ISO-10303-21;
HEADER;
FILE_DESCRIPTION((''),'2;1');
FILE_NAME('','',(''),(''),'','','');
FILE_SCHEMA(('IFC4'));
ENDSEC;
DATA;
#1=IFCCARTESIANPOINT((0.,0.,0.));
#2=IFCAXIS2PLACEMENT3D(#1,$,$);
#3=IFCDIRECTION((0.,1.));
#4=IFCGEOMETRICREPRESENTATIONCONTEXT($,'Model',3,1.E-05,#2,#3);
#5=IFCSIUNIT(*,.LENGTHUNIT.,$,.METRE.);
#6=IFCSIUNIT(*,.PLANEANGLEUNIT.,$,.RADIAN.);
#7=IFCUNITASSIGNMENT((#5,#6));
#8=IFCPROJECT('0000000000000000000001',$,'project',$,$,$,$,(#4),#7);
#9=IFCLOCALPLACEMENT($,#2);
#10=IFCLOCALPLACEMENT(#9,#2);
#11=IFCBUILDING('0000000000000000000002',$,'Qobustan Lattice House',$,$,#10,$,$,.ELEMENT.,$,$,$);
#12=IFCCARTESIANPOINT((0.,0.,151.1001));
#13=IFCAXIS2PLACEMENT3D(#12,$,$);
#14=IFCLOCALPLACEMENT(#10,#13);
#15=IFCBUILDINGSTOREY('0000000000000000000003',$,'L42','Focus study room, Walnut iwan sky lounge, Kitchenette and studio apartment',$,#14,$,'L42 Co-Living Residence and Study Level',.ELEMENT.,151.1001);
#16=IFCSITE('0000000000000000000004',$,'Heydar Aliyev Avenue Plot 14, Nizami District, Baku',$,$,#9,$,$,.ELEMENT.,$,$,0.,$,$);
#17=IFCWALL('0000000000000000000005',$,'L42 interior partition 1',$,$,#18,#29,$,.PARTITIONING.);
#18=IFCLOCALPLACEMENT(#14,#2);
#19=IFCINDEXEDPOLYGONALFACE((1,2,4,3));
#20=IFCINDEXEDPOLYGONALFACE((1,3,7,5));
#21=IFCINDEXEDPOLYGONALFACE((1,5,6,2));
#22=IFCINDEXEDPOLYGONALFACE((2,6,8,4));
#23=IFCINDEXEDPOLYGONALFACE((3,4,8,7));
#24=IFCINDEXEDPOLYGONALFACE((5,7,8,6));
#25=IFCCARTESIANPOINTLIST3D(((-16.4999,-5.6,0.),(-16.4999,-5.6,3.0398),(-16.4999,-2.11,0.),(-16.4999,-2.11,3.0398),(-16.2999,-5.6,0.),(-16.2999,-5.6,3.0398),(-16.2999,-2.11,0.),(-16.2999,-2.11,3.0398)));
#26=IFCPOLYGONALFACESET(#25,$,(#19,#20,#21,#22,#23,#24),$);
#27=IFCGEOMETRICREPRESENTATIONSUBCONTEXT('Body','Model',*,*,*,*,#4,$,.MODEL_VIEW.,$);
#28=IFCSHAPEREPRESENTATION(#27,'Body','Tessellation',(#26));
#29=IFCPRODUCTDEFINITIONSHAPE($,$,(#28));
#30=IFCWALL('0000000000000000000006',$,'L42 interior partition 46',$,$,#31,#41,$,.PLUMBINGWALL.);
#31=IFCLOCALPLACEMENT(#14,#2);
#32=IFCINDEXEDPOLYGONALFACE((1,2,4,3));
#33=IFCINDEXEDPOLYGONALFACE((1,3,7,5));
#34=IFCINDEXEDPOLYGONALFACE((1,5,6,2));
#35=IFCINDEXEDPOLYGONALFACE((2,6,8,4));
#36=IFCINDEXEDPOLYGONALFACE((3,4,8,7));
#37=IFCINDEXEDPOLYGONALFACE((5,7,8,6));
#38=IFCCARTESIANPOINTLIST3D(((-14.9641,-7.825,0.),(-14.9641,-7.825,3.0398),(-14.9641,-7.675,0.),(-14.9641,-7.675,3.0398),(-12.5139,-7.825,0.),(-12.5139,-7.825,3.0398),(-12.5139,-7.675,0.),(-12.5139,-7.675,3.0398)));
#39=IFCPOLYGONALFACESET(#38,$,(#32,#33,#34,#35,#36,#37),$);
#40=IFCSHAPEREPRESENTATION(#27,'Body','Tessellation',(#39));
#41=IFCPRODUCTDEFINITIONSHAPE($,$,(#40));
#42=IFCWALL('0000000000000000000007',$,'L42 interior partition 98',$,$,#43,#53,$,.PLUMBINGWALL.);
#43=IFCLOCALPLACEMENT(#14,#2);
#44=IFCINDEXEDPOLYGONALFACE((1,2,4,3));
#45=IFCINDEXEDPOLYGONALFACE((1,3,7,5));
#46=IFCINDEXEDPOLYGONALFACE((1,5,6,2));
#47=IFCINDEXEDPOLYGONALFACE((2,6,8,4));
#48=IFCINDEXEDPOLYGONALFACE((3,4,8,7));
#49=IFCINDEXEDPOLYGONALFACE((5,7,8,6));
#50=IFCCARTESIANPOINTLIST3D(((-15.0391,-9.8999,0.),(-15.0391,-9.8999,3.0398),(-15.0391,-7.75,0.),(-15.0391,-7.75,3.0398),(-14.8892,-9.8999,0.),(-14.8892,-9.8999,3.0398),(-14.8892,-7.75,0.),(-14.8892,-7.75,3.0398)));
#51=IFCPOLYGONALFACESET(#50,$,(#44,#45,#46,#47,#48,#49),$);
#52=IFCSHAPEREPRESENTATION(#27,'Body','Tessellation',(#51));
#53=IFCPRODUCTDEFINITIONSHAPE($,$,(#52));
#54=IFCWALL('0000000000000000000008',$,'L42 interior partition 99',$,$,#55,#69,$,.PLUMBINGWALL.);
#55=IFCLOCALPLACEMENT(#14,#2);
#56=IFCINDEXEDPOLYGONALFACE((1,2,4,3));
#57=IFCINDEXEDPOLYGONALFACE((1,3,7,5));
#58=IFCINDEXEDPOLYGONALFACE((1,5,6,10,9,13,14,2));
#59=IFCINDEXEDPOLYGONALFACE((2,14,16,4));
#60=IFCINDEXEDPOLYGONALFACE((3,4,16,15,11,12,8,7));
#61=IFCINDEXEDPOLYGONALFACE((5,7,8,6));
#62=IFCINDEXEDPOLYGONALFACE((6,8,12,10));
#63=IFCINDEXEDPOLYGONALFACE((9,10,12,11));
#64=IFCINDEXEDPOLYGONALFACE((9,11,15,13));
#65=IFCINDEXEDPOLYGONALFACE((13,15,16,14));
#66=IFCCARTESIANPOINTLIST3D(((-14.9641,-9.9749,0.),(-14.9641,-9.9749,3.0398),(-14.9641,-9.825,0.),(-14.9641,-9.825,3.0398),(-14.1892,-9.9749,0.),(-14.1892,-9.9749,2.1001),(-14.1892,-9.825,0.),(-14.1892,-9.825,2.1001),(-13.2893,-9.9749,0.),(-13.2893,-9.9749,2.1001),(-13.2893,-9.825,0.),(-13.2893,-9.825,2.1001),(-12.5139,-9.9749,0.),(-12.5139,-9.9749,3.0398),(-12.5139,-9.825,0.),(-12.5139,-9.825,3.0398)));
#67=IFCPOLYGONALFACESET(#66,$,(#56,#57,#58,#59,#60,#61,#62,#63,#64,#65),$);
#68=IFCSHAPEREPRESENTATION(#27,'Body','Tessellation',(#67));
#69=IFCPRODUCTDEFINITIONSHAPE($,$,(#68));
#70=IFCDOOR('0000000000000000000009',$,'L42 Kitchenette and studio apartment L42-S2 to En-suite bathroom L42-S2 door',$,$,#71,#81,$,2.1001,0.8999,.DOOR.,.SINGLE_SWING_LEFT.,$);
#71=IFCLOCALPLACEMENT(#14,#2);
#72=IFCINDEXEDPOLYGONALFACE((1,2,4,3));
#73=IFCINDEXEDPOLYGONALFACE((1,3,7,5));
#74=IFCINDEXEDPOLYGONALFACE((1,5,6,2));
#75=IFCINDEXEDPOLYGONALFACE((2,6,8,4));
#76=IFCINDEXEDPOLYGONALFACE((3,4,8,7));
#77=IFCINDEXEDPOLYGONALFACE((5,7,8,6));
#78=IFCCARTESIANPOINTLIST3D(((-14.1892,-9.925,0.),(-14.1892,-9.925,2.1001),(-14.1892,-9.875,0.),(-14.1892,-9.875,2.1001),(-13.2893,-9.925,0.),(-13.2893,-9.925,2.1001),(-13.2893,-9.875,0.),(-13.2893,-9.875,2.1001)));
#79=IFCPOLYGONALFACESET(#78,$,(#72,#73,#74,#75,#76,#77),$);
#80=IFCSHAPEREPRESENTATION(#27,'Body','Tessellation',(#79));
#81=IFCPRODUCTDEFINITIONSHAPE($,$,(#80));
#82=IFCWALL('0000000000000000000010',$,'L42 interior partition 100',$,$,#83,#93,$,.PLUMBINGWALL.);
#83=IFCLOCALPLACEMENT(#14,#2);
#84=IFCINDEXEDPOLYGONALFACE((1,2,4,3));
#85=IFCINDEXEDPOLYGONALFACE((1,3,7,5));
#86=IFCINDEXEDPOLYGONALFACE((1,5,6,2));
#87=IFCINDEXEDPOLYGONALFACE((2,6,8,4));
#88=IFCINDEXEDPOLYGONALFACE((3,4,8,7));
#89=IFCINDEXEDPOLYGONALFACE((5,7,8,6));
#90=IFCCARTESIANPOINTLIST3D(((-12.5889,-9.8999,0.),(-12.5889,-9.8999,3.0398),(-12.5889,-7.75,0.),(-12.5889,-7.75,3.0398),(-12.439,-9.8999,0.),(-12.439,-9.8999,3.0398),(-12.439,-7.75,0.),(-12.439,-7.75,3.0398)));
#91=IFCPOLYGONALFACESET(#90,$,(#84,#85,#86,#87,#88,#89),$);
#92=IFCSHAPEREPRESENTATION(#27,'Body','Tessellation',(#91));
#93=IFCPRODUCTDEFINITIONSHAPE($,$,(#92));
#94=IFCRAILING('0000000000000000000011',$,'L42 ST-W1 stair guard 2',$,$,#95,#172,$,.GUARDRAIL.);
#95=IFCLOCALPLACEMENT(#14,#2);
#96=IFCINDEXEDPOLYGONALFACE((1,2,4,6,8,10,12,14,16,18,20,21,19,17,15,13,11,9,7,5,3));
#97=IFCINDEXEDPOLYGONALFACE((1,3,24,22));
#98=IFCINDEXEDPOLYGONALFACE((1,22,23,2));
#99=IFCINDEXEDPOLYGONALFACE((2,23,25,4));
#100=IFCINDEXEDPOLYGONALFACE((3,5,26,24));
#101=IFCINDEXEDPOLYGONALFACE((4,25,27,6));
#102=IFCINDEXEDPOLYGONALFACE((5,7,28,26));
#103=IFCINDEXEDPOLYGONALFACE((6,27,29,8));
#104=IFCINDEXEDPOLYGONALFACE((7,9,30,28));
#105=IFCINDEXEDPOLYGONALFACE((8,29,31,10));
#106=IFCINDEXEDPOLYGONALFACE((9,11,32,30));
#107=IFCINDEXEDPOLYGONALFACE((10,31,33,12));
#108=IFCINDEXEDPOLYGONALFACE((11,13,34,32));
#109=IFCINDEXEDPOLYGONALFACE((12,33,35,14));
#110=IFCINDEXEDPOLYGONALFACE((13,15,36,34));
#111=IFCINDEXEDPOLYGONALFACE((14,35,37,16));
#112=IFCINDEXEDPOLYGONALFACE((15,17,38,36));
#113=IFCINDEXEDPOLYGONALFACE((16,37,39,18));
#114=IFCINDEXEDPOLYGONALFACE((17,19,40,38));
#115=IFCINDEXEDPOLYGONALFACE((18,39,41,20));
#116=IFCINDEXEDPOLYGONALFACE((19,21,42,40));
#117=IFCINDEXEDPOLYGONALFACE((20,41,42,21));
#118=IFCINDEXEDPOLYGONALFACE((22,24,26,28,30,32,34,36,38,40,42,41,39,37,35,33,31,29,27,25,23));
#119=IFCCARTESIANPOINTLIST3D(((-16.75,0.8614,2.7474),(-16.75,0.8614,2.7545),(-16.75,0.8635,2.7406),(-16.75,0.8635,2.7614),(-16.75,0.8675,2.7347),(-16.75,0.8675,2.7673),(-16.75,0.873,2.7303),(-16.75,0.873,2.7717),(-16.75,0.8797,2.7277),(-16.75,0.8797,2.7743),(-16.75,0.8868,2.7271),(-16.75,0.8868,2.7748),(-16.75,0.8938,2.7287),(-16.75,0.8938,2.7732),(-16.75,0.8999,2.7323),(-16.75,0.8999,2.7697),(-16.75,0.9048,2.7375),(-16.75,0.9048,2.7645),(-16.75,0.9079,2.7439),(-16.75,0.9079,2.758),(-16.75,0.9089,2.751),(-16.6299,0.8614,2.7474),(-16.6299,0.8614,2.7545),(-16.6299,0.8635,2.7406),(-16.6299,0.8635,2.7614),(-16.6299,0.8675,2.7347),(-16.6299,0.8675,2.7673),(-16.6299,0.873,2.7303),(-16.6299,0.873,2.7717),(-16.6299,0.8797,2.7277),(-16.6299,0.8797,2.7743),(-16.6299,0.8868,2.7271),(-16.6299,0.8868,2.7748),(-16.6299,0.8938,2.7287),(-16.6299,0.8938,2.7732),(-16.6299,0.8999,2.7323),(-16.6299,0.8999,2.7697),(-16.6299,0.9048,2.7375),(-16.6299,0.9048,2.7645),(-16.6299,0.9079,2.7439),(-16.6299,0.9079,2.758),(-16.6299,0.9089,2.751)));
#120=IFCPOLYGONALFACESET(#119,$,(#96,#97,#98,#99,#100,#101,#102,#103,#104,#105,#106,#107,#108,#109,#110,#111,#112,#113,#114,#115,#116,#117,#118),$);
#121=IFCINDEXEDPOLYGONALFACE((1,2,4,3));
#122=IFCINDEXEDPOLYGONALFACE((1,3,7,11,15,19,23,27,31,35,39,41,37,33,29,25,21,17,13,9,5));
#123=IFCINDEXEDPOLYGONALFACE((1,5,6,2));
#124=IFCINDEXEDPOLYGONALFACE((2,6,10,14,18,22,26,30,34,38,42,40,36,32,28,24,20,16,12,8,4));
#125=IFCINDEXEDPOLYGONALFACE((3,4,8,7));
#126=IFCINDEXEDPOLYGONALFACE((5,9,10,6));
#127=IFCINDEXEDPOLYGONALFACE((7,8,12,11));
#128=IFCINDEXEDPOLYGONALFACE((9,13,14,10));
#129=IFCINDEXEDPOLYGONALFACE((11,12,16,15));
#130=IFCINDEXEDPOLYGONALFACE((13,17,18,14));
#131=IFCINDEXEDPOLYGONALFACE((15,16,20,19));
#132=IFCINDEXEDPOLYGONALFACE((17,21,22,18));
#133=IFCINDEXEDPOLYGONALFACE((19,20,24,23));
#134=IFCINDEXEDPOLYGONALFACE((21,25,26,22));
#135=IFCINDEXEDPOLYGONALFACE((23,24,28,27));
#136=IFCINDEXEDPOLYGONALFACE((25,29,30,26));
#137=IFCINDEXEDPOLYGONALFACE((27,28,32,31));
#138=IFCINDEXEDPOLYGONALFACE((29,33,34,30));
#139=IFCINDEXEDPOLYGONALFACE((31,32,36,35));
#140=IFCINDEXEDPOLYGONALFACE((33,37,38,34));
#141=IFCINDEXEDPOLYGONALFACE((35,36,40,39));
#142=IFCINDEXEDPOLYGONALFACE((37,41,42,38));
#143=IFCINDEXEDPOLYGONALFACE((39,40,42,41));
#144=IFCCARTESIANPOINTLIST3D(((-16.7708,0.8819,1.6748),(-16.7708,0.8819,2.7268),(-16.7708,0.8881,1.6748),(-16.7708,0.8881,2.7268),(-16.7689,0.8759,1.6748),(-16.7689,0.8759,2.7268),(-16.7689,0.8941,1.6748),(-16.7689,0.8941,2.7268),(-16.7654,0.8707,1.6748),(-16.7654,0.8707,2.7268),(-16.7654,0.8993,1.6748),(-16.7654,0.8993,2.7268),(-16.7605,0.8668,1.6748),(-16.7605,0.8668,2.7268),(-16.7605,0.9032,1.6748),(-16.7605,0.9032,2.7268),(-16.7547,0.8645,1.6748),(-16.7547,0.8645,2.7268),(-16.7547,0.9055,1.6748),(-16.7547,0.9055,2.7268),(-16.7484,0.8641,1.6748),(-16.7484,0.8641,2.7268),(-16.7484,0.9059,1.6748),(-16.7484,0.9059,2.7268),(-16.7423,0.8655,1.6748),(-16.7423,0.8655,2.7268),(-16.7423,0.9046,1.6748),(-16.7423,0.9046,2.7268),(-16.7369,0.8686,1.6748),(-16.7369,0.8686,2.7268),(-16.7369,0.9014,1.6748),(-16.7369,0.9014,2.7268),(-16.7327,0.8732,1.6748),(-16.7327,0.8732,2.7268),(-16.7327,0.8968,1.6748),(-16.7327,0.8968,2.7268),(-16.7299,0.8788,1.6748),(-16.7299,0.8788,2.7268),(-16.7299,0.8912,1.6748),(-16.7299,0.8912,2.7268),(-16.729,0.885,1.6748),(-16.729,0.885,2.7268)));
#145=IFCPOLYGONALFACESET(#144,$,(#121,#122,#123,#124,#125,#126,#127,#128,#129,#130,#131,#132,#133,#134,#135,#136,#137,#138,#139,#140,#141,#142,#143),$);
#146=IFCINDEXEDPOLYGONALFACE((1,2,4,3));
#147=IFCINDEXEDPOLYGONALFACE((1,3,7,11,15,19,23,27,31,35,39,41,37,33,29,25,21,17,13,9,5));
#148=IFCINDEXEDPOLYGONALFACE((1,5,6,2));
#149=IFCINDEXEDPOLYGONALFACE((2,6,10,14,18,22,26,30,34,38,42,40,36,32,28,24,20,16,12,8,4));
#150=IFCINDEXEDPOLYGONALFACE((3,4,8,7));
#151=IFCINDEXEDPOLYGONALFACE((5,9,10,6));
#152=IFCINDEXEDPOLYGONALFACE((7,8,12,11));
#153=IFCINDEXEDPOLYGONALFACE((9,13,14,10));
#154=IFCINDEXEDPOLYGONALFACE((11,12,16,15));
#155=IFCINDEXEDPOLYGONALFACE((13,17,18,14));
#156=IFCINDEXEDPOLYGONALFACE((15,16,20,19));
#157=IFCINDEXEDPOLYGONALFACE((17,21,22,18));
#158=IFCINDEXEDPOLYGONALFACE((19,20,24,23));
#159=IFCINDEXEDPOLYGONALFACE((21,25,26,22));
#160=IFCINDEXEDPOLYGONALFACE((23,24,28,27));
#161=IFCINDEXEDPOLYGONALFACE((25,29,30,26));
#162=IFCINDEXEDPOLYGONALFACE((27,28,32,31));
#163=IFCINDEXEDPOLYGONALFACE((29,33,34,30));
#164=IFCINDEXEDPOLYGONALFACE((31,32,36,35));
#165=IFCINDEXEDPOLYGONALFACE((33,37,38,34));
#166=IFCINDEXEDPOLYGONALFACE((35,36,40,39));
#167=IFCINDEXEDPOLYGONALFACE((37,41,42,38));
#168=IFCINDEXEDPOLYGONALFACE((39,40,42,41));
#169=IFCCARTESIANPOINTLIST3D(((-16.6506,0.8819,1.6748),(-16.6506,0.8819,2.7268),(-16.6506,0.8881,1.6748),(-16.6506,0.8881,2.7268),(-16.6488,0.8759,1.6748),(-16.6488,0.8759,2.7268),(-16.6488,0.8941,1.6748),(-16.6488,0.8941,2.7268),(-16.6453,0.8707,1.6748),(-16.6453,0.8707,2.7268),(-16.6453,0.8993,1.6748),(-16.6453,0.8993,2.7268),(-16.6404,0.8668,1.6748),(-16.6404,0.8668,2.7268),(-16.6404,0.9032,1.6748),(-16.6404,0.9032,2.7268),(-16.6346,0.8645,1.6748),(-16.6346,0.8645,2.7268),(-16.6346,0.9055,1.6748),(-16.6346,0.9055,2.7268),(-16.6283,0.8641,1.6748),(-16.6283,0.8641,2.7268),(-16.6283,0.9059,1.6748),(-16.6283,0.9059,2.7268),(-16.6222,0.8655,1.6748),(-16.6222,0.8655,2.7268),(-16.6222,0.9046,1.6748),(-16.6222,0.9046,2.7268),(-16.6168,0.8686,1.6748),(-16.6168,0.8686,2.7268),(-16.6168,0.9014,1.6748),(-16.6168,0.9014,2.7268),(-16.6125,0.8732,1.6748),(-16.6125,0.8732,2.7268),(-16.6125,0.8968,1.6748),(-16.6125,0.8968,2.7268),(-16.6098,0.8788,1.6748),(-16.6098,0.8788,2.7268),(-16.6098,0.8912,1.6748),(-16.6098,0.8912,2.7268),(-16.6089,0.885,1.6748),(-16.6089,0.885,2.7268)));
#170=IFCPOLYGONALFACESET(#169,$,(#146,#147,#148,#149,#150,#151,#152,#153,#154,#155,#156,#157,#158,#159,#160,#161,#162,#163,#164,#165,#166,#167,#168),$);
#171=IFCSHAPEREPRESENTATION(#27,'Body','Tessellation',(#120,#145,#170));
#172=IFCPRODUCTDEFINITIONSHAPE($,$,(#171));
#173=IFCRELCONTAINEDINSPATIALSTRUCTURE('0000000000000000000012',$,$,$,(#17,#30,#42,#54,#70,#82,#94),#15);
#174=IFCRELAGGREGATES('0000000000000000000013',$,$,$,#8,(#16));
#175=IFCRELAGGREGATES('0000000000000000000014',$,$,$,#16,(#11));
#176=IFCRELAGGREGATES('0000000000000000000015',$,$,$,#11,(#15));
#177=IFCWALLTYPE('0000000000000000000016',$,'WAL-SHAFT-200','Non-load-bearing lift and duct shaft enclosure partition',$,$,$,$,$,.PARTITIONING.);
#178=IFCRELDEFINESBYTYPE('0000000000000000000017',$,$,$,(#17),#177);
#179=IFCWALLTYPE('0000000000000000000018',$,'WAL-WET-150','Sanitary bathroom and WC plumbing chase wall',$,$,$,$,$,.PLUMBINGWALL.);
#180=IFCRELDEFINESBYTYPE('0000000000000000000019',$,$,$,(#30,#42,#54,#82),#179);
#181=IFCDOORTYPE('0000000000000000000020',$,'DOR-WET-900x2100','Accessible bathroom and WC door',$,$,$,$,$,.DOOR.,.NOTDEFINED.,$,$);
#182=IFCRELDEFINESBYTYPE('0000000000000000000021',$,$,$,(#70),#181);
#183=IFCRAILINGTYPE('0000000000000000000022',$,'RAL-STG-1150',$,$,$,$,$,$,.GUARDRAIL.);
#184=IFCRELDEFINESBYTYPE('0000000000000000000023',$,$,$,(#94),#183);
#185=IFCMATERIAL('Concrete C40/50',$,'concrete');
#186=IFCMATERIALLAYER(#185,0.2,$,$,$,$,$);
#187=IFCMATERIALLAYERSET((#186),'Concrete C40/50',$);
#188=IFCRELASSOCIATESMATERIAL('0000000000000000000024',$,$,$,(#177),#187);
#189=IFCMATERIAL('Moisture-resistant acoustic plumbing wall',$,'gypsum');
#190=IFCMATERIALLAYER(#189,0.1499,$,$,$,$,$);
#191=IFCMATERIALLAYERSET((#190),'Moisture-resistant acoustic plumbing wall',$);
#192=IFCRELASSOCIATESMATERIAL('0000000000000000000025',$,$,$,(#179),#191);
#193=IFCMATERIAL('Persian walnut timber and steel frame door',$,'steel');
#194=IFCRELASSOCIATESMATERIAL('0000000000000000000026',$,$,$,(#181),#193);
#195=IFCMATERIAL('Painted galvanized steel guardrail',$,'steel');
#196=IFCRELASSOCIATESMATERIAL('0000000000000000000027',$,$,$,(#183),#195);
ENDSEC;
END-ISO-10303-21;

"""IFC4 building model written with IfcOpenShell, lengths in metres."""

from ifc_helpers import new_model, si_unit, direction, frame, frame_2d, origin, origin_2d, place, context, subcontext, project, spatial, rectangle, circle, extrude, material, layer, layer_set, type_object, element, fill, save


model = new_model("IFC4")

# Units and contexts
model_context = context("Model", 3, precision=1e-05, world=origin(), true_north=direction((0.0, 1.0)))
body_context = subcontext(model_context, "Body", "Model", "MODEL_VIEW")
ifc_project = project(units=[si_unit("LENGTHUNIT", "METRE"), si_unit("PLANEANGLEUNIT", "RADIAN")], contexts=[model_context])

# Site, building, storey
site_placement = place(None, origin())
site = spatial("IfcSite", under=ifc_project, at=site_placement, Name="Heydar Aliyev Avenue Plot 14, Nizami District, Baku", CompositionType="ELEMENT", RefElevation=0.0)
building_placement = place(site_placement, origin())
building = spatial("IfcBuilding", under=site, at=building_placement, Name="Qobustan Lattice House", CompositionType="ELEMENT")
storey_placement = place(building_placement, frame((0.0, 0.0, 151.1001)))
storey = spatial("IfcBuildingStorey", under=building, at=storey_placement, Name="L42", Description="Focus study room, Walnut iwan sky lounge, Kitchenette and studio apartment", LongName="L42 Co-Living Residence and Study Level", CompositionType="ELEMENT", Elevation=151.1001)

# Walls
ifc_material_1 = material(Name="Concrete C40/50", Category="concrete")
ifc_layer_1 = layer(ifc_material_1, 0.2)
ifc_layer_set_1 = layer_set([ifc_layer_1], Name="Concrete C40/50")
wall_type_1 = type_object("IfcWallType", Name="WAL-SHAFT-200", Description="Non-load-bearing lift and duct shaft enclosure partition", PredefinedType="PARTITIONING", material=ifc_layer_set_1)
wall_1_placement = place(storey_placement, frame((-16.3999, -5.6001, 0.0), z_axis=(0.0, 0.0, 1.0), x_axis=(0.0, 1.0, 0.0)))
element("IfcWall", 1, at=wall_1_placement, inside=storey, type_object=wall_type_1, Name="L42 interior partition 1", PredefinedType="PARTITIONING", context=body_context, shape_type="SweptSolid", body=[
    extrude(rectangle(XDim=3.49, YDim=0.2, at=frame_2d((1.7451, 0.0))), origin(), (0.0, 0.0, 1.0), 3.0398),
])
ifc_material_2 = material(Name="Moisture-resistant acoustic plumbing wall", Category="gypsum")
ifc_layer_2 = layer(ifc_material_2, 0.1499)
ifc_layer_set_2 = layer_set([ifc_layer_2], Name="Moisture-resistant acoustic plumbing wall")
wall_type_2 = type_object("IfcWallType", Name="WAL-WET-150", Description="Sanitary bathroom and WC plumbing chase wall", PredefinedType="PLUMBINGWALL", material=ifc_layer_set_2)
wall_2_placement = place(storey_placement, frame((-12.5139, -7.75, 0.0), z_axis=(0.0, 0.0, 1.0), x_axis=(-1.0, 0.0, 0.0)))
element("IfcWall", 2, at=wall_2_placement, inside=storey, type_object=wall_type_2, Name="L42 interior partition 46", PredefinedType="PLUMBINGWALL", context=body_context, shape_type="SweptSolid", body=[
    extrude(rectangle(XDim=2.4502, YDim=0.1499, at=frame_2d((1.2251, 0.0))), origin(), (0.0, 0.0, 1.0), 3.0398),
])
wall_3_placement = place(storey_placement, frame((-14.9641, -7.75, 0.0), z_axis=(0.0, 0.0, 1.0), x_axis=(0.0, -1.0, 0.0)))
element("IfcWall", 3, at=wall_3_placement, inside=storey, type_object=wall_type_2, Name="L42 interior partition 98", PredefinedType="PLUMBINGWALL", context=body_context, shape_type="SweptSolid", body=[
    extrude(rectangle(XDim=2.1499, YDim=0.1499, at=frame_2d((1.075, 0.0))), origin(), (0.0, 0.0, 1.0), 3.0398),
])

# Wall, opening, door
wall_4_placement = place(storey_placement, frame((-14.9641, -9.8999, 0.0), z_axis=(0.0, 0.0, 1.0), x_axis=(1.0, 0.0, 0.0)))
wall_4 = element("IfcWall", 4, at=wall_4_placement, inside=storey, type_object=wall_type_2, Name="L42 interior partition 99", PredefinedType="PLUMBINGWALL", context=body_context, shape_type="SweptSolid", body=[
    extrude(rectangle(XDim=2.4502, YDim=0.1499, at=frame_2d((1.2251, 0.0))), origin(), (0.0, 0.0, 1.0), 3.0398),
])
opening_1_placement = place(wall_4_placement, frame((0.7749, 0.0, 0.0)))
opening_1 = element("IfcOpeningElement", 5, at=opening_1_placement, cuts=wall_4, PredefinedType="OPENING", context=body_context, shape_type="SweptSolid", body=[
    extrude(rectangle(XDim=0.8999, YDim=2.1001, at=frame_2d((0.45, 1.05))), frame((0.0, 0.085, 0.0), z_axis=(0.0, -1.0, 0.0), x_axis=(1.0, 0.0, 0.0)), (0.0, 0.0, 1.0), 0.1699),
])
ifc_material_3 = material(Name="Persian walnut timber and steel frame door", Category="steel")
door_type_1 = type_object("IfcDoorType", Name="DOR-WET-900x2100", Description="Accessible bathroom and WC door", OperationType="NOTDEFINED", PredefinedType="DOOR", material=ifc_material_3)
door_1_placement = place(opening_1_placement, origin())
door_1 = element("IfcDoor", 6, at=door_1_placement, inside=storey, type_object=door_type_1, Name="L42 Kitchenette and studio apartment L42-S2 to En-suite bathroom L42-S2 door", OperationType="SINGLE_SWING_LEFT", OverallHeight=2.1001, OverallWidth=0.8999, PredefinedType="DOOR", context=body_context, shape_type="SweptSolid", body=[
    extrude(rectangle(XDim=0.8999, YDim=2.1001, at=frame_2d((0.45, 1.05))), frame((0.0, 0.0249, 0.0), z_axis=(0.0, -1.0, 0.0), x_axis=(1.0, 0.0, 0.0)), (0.0, 0.0, 1.0), 0.05),
])
fill(opening_1, door_1)

# Wall
wall_5_placement = place(storey_placement, frame((-12.5139, -9.8999, 0.0), z_axis=(0.0, 0.0, 1.0), x_axis=(0.0, 1.0, 0.0)))
element("IfcWall", 7, at=wall_5_placement, inside=storey, type_object=wall_type_2, Name="L42 interior partition 100", PredefinedType="PLUMBINGWALL", context=body_context, shape_type="SweptSolid", body=[
    extrude(rectangle(XDim=2.1499, YDim=0.1499, at=frame_2d((1.075, 0.0))), origin(), (0.0, 0.0, 1.0), 3.0398),
])

# Railing
ifc_material_4 = material(Name="Painted galvanized steel guardrail", Category="steel")
railing_type = type_object("IfcRailingType", Name="RAL-STG-1150", PredefinedType="GUARDRAIL", material=ifc_material_4)
railing_placement = place(storey_placement, frame((-16.75, 0.885, 1.6748)))
element("IfcRailing", 8, at=railing_placement, inside=storey, type_object=railing_type, Name="L42 ST-W1 stair guard 2", PredefinedType="GUARDRAIL", context=body_context, shape_type="SweptSolid", body=[
    extrude(circle(Radius=0.0239, at=origin_2d()), frame((0.0, 0.0, 1.0762), z_axis=(1.0, 0.0, 0.0), x_axis=(0.0, 1.0, 0.0)), (0.0, 0.0, 1.0), 0.1201),
    extrude(circle(Radius=0.021, at=origin_2d()), origin(), (0.0, 0.0, 1.0), 1.052),
    extrude(circle(Radius=0.021, at=origin_2d()), frame((0.1201, 0.0, 0.0)), (0.0, 0.0, 1.0), 1.052),
])

save(model, "model.ifc")
